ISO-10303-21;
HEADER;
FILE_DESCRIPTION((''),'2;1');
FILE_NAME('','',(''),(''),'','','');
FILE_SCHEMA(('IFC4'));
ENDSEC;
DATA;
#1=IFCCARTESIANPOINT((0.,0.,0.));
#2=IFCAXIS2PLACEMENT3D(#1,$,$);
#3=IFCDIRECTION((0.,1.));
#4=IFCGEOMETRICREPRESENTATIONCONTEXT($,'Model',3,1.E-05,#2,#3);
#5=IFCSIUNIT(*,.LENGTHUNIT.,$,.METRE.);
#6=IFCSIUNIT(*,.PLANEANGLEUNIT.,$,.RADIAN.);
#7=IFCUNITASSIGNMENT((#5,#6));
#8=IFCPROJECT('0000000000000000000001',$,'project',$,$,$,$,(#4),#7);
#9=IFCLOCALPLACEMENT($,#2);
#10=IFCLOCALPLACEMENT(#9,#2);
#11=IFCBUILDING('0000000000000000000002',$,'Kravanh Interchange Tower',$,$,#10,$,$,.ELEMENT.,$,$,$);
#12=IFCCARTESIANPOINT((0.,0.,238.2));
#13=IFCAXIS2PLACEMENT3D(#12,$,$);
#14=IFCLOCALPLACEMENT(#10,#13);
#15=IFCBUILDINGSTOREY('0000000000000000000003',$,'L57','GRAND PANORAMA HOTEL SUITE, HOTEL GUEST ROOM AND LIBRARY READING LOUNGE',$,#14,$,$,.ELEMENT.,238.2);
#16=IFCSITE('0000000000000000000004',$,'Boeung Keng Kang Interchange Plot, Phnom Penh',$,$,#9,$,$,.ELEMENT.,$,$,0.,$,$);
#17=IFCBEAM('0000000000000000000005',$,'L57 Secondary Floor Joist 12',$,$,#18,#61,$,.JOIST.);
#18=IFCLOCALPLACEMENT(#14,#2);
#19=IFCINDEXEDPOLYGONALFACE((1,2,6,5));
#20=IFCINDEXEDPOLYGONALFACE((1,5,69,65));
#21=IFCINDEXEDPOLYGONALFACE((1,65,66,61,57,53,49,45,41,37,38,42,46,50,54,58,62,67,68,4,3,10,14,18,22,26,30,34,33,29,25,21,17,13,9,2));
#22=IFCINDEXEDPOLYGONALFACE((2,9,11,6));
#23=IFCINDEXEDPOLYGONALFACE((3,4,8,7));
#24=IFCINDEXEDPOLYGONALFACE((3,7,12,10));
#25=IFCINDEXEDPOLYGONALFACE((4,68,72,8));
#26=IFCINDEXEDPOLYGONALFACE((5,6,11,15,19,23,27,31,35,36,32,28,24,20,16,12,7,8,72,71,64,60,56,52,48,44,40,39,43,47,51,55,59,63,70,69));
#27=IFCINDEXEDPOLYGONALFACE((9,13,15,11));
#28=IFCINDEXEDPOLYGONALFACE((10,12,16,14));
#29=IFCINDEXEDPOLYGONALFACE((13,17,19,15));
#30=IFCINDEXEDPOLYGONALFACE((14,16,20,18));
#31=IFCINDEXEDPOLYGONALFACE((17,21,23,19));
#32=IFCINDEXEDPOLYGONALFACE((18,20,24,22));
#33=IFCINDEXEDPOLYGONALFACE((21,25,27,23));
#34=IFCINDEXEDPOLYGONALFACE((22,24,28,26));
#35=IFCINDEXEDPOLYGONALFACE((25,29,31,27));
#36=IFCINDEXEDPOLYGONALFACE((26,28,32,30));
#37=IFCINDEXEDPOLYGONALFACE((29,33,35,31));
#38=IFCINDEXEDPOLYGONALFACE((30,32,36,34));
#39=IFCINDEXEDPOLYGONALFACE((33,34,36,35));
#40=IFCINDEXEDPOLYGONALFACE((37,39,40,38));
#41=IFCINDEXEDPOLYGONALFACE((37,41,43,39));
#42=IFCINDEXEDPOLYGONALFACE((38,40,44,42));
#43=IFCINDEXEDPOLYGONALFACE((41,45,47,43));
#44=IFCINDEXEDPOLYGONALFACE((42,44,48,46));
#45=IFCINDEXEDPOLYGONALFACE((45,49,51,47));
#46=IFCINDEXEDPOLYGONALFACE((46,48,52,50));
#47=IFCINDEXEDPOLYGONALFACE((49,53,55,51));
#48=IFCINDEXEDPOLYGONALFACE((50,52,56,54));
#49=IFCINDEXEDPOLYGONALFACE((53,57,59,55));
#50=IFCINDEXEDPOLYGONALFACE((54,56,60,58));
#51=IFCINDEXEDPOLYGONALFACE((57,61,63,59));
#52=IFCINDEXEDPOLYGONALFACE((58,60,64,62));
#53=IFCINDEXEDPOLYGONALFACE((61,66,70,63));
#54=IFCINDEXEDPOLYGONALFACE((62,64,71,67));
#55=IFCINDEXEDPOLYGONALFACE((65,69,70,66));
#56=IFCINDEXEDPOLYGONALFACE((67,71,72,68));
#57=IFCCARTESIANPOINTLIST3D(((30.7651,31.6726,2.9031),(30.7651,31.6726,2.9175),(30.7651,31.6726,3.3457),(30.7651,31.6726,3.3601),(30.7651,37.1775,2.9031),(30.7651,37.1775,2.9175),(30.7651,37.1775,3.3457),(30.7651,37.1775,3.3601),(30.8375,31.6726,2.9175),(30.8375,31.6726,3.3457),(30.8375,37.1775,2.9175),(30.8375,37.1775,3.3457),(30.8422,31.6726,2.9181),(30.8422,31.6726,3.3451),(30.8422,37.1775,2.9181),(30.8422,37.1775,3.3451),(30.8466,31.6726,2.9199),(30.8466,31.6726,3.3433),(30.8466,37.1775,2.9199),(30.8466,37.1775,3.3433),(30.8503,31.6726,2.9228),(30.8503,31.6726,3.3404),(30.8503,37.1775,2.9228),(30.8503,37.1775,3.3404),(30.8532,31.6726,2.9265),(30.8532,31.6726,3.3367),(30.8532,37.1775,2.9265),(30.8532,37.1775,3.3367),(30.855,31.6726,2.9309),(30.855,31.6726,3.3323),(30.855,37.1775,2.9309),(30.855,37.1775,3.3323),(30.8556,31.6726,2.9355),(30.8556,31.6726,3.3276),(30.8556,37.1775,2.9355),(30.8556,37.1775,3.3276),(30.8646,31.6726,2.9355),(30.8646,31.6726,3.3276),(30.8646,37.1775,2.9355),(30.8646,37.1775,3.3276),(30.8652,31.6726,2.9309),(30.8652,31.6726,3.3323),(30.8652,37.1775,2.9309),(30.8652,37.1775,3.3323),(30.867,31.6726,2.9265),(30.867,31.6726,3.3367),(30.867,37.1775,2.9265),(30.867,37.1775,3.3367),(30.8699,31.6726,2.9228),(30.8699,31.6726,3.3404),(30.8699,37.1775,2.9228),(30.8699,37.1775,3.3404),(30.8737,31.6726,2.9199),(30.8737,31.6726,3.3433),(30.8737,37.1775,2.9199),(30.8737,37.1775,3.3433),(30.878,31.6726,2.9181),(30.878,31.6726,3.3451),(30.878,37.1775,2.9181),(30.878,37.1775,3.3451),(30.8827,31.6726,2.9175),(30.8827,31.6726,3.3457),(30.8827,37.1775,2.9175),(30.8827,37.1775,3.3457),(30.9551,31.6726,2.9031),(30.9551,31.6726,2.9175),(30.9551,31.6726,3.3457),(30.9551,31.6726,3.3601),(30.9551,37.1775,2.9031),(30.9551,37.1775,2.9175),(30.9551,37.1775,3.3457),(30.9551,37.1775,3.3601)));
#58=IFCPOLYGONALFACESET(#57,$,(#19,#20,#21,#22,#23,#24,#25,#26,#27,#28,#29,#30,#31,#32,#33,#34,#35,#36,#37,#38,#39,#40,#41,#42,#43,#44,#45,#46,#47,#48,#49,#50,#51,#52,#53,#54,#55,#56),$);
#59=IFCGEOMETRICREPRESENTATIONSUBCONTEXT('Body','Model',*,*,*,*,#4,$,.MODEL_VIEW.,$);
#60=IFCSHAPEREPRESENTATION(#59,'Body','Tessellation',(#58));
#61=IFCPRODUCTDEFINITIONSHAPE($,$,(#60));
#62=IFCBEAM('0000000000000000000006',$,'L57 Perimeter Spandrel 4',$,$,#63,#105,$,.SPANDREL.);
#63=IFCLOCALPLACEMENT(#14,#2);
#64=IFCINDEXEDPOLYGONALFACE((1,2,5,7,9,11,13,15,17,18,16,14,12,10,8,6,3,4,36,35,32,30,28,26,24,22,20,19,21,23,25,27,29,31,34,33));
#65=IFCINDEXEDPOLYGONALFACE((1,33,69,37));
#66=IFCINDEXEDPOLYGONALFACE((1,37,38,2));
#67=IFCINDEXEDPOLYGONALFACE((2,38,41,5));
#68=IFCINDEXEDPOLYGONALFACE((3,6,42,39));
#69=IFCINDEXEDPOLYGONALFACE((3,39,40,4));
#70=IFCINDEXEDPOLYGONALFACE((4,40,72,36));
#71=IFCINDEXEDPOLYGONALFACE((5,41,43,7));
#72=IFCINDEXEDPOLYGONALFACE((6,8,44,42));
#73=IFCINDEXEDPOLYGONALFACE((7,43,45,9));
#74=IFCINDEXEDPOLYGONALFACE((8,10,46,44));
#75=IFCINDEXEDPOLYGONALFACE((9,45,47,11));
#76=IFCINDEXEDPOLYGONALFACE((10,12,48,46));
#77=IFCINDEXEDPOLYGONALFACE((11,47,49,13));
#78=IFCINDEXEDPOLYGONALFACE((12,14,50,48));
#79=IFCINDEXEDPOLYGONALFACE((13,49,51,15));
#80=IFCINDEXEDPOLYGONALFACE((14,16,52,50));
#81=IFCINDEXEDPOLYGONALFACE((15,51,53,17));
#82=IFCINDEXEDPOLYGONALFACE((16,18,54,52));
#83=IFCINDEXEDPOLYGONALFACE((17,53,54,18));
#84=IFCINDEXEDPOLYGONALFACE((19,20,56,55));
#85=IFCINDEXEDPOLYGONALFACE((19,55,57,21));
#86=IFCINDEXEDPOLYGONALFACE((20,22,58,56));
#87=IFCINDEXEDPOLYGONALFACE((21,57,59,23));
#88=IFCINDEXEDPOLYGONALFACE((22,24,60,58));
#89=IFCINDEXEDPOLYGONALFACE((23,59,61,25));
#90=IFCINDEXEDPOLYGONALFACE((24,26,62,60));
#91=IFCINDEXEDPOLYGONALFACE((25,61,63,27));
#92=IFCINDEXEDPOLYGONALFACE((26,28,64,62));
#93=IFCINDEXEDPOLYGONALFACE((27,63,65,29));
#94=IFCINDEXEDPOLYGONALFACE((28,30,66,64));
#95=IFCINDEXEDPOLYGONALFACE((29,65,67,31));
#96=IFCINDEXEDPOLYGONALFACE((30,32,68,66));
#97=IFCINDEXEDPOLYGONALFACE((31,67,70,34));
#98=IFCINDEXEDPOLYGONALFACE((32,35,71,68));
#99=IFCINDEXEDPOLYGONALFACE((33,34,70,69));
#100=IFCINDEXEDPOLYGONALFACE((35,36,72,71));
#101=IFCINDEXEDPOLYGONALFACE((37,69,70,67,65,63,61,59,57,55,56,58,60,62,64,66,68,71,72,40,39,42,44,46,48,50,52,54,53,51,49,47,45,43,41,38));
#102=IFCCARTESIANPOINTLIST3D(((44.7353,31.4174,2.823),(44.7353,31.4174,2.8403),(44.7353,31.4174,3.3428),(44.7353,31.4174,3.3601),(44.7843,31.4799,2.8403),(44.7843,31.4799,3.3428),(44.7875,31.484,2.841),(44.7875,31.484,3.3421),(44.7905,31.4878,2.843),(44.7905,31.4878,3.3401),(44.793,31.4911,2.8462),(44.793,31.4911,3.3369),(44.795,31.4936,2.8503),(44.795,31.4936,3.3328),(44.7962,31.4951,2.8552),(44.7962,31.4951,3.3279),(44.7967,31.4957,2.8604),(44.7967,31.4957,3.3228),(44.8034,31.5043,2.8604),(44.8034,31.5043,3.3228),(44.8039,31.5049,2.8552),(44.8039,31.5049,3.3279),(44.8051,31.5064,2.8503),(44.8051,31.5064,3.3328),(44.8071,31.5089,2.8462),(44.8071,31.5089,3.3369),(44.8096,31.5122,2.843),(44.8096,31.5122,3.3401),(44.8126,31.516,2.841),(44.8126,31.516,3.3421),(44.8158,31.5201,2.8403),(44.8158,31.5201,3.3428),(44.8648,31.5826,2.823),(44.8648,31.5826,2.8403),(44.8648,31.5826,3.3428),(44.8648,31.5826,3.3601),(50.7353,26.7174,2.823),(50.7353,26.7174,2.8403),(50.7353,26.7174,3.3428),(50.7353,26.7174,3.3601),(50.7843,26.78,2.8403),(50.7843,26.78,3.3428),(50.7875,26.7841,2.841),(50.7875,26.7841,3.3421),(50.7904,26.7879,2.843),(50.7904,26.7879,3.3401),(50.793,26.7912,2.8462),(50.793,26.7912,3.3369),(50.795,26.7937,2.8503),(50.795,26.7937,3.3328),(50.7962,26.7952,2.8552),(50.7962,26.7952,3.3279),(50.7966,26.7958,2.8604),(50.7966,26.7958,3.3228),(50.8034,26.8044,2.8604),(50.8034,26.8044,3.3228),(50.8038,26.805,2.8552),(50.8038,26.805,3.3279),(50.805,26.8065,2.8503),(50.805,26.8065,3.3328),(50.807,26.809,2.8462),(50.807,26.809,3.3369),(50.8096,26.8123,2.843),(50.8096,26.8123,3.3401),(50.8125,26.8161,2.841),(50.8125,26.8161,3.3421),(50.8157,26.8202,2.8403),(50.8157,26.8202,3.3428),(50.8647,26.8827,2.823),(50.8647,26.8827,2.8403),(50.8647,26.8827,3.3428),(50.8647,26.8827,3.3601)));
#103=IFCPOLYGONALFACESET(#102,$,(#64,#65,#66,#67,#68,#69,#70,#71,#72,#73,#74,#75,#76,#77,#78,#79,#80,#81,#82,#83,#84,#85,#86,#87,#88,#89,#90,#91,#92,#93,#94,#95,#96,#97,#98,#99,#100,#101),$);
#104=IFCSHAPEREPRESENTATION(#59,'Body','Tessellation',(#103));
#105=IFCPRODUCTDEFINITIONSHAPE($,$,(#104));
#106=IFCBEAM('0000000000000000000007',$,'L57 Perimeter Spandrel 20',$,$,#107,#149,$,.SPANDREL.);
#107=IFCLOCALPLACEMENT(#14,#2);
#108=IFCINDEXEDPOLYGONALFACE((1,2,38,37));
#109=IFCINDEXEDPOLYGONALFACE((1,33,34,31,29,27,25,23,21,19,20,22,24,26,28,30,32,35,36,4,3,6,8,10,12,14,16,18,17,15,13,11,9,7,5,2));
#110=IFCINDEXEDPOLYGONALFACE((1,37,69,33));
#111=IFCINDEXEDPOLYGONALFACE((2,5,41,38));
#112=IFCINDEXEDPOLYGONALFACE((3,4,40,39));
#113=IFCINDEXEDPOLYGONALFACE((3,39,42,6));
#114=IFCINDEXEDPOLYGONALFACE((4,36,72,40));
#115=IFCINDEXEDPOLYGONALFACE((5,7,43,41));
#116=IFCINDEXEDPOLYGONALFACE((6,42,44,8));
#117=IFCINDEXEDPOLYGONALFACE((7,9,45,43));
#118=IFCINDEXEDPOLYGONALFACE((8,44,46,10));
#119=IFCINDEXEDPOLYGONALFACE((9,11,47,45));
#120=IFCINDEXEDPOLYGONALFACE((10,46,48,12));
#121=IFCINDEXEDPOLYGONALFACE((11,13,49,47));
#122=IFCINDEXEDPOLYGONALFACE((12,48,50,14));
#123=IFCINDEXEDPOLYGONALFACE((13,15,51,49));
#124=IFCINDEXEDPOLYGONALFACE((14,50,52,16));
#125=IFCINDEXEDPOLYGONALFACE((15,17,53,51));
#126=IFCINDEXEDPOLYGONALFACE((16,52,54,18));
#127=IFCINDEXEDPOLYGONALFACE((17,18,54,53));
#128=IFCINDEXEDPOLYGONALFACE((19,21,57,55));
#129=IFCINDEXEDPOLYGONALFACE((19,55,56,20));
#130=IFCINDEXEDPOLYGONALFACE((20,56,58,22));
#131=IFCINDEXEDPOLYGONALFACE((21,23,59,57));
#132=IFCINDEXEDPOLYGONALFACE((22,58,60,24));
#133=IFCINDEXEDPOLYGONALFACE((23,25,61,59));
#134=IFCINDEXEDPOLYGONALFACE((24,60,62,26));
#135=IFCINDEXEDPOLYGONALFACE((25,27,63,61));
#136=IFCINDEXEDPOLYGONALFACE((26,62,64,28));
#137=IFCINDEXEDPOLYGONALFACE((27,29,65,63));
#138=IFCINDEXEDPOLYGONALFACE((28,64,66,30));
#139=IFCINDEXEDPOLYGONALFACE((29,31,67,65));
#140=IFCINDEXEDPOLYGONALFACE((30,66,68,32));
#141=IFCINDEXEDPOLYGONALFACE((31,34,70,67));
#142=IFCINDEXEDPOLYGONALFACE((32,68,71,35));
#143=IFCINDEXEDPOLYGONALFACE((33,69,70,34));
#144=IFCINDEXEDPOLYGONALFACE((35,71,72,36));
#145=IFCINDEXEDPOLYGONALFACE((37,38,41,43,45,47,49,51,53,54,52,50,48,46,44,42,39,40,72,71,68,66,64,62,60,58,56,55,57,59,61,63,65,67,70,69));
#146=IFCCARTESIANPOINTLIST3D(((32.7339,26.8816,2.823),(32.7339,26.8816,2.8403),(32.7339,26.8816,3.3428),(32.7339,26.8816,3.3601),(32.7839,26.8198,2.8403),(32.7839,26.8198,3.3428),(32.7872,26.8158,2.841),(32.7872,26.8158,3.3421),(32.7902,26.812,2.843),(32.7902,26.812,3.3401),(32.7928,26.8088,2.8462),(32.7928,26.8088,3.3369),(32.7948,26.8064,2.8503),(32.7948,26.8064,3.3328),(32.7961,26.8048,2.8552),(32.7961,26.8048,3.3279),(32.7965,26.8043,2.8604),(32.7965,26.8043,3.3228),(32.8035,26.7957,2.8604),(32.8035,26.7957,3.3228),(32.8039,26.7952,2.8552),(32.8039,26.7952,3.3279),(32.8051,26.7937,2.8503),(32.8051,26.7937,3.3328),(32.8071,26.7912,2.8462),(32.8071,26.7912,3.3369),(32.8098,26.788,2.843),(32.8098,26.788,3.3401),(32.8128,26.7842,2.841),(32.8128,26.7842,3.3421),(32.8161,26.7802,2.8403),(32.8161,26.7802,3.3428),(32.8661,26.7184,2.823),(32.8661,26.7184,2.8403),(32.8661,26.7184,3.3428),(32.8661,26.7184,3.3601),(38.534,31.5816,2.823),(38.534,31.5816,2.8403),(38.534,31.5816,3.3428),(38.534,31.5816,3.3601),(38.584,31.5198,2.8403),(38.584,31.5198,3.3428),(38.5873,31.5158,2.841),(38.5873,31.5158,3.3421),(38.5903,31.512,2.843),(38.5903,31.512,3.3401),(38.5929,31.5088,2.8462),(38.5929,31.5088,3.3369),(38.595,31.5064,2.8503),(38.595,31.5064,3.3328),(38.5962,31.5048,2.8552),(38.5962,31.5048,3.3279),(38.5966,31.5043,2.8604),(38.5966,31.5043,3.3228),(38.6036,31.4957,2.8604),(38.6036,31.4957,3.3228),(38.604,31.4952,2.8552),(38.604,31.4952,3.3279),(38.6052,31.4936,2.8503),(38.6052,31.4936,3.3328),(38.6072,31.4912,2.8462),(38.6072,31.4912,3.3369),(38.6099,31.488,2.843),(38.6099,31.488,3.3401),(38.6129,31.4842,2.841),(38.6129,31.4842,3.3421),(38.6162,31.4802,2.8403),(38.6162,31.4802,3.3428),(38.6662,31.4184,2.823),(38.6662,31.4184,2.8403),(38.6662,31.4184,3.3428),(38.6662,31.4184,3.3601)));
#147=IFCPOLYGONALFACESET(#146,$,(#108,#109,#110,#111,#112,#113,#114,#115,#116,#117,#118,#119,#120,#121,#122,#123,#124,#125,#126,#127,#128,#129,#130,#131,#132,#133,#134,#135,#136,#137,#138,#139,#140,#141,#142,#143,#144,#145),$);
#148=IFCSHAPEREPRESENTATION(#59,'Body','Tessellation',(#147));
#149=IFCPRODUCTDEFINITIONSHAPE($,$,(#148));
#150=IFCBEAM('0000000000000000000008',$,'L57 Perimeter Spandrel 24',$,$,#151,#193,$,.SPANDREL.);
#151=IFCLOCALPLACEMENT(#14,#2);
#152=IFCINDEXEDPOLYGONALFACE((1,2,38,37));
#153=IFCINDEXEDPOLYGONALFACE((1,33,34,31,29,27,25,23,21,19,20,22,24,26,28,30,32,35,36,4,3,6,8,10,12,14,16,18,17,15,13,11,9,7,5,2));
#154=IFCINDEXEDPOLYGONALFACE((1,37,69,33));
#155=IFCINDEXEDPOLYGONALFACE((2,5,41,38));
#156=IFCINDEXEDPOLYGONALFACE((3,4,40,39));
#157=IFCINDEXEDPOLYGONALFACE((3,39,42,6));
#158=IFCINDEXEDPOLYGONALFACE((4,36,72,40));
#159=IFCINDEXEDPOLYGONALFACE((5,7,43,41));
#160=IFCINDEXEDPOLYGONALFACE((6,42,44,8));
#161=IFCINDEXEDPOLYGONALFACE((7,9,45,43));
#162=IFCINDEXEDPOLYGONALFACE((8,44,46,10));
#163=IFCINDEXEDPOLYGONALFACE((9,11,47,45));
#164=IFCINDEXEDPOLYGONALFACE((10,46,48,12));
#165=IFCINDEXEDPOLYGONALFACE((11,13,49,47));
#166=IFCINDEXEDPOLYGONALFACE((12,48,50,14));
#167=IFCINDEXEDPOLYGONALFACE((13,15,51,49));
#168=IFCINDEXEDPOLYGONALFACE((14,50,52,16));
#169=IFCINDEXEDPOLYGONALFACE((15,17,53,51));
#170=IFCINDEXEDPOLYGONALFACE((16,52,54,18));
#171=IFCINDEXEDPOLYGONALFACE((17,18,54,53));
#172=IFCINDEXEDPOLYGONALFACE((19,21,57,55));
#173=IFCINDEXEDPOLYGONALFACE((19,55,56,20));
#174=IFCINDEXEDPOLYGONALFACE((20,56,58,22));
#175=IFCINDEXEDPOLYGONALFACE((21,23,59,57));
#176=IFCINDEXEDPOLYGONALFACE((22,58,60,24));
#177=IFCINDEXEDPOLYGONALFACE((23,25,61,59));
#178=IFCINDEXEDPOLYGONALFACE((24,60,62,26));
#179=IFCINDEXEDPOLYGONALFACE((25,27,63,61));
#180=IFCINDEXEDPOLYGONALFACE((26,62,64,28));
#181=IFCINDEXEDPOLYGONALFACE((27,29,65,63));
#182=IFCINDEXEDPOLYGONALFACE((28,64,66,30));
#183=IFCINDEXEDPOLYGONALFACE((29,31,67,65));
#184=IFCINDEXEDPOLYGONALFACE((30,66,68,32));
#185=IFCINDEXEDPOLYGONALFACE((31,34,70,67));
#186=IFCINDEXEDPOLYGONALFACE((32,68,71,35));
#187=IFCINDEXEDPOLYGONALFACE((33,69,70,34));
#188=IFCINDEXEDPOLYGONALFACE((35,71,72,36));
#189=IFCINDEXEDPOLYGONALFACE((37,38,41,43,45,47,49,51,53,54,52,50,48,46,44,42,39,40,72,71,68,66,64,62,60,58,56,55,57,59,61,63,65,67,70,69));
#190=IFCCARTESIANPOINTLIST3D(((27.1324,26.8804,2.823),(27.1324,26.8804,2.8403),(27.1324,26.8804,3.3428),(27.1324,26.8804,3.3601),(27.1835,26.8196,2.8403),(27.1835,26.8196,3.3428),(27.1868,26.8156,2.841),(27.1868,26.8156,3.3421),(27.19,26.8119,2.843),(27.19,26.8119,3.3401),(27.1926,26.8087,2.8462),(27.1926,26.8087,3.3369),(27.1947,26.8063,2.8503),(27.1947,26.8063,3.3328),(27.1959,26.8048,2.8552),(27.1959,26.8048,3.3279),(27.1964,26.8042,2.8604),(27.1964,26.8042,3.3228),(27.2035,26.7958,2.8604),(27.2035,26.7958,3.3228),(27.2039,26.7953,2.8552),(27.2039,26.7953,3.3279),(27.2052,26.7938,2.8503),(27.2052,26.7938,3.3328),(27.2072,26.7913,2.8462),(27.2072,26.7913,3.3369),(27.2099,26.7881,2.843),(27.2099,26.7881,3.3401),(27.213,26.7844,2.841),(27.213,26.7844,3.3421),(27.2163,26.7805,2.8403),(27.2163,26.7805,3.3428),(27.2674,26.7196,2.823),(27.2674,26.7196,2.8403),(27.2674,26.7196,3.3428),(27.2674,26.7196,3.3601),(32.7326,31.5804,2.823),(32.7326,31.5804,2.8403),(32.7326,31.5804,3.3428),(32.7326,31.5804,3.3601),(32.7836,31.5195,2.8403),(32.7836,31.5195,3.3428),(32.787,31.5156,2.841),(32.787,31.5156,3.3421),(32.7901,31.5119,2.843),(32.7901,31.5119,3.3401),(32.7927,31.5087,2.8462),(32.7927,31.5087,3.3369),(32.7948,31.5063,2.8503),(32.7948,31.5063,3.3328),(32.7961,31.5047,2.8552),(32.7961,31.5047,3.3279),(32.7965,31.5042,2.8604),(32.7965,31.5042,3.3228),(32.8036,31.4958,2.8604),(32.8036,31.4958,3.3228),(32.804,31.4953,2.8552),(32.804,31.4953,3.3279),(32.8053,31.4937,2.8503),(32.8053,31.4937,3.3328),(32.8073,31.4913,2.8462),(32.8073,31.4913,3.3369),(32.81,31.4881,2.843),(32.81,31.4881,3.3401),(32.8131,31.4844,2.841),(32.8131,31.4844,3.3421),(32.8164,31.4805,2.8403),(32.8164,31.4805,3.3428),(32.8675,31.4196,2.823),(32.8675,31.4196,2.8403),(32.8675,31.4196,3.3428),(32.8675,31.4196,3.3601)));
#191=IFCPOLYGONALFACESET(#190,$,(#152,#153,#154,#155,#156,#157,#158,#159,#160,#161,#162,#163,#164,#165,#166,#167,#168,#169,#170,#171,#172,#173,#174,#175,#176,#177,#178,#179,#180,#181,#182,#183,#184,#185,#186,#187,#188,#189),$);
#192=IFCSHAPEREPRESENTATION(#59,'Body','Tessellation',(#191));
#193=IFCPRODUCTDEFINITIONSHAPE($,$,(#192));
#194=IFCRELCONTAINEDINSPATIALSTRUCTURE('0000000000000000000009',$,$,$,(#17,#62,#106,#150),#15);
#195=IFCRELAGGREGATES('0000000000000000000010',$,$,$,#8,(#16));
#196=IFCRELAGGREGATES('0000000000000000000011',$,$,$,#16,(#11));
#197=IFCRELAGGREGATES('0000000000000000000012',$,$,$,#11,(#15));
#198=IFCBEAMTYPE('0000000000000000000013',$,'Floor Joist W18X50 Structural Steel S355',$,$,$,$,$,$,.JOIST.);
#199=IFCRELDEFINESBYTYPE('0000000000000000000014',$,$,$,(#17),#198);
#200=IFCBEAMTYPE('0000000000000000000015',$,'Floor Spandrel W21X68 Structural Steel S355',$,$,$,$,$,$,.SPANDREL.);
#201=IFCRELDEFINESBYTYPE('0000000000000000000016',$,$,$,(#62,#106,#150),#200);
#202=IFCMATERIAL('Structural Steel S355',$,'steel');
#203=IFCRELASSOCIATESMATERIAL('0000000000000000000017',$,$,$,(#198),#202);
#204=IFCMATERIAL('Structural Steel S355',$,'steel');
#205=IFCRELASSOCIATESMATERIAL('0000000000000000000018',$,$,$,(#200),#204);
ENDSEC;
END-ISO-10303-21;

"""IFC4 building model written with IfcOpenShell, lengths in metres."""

from ifc_helpers import new_model, si_unit, direction, frame, origin, origin_2d, place, context, subcontext, project, spatial, i_section, extrude, material, material_profile, profile_set, type_object, element, save


model = new_model("IFC4")

# Units and contexts
model_context = context("Model", 3, precision=1e-05, world=origin(), true_north=direction((0.0, 1.0)))
body_context = subcontext(model_context, "Body", "Model", "MODEL_VIEW")
ifc_project = project(units=[si_unit("LENGTHUNIT", "METRE"), si_unit("PLANEANGLEUNIT", "RADIAN")], contexts=[model_context])

# Site, building, storey
site_placement = place(None, origin())
site = spatial("IfcSite", under=ifc_project, at=site_placement, Name="Boeung Keng Kang Interchange Plot, Phnom Penh", CompositionType="ELEMENT", RefElevation=0.0)
building_placement = place(site_placement, origin())
building = spatial("IfcBuilding", under=site, at=building_placement, Name="Kravanh Interchange Tower", CompositionType="ELEMENT")
storey_placement = place(building_placement, frame((0.0, 0.0, 238.2)))
storey = spatial("IfcBuildingStorey", under=building, at=storey_placement, Name="L57", Description="GRAND PANORAMA HOTEL SUITE, HOTEL GUEST ROOM AND LIBRARY READING LOUNGE", CompositionType="ELEMENT", Elevation=238.2)

# Beams
ifc_material_1 = material(Name="Structural Steel S355", Category="steel")
ifc_material_profile_1 = material_profile(ifc_material_1, i_section(OverallWidth=0.1899, OverallDepth=0.457, WebThickness=0.009, FlangeThickness=0.0144, FilletRadius=0.0181, at=origin_2d()), Name="W18X50")
ifc_profile_set_1 = profile_set([ifc_material_profile_1], Name="Structural Steel S355")
beam_type_1 = type_object("IfcBeamType", Name="Floor Joist W18X50 Structural Steel S355", PredefinedType="JOIST", material=ifc_profile_set_1)
beam_1_placement = place(storey_placement, frame((30.8601, 31.6726, 3.1316), z_axis=(0.0, 1.0, 0.0), x_axis=(-1.0, 0.0, 0.0)))
element("IfcBeam", 1, at=beam_1_placement, inside=storey, type_object=beam_type_1, Name="L57 Secondary Floor Joist 12", PredefinedType="JOIST", context=body_context, shape_type="SweptSolid", body=[
    extrude(i_section(OverallWidth=0.1899, OverallDepth=0.457, WebThickness=0.009, FlangeThickness=0.0144, FilletRadius=0.0181, at=origin_2d()), origin(), (0.0, 0.0, 1.0), 5.5049),
])
ifc_material_2 = material(Name="Structural Steel S355", Category="steel")
ifc_material_profile_2 = material_profile(ifc_material_2, i_section(OverallWidth=0.21, OverallDepth=0.5371, WebThickness=0.011, FlangeThickness=0.0173, FilletRadius=0.02, at=origin_2d()), Name="W21X68")
ifc_profile_set_2 = profile_set([ifc_material_profile_2], Name="Structural Steel S355")
beam_type_2 = type_object("IfcBeamType", Name="Floor Spandrel W21X68 Structural Steel S355", PredefinedType="SPANDREL", material=ifc_profile_set_2)
beam_2_placement = place(storey_placement, frame((44.8, 31.5, 3.0916), z_axis=(0.787231, -0.616658, 0.0), x_axis=(0.616658, 0.787231, 0.0)))
element("IfcBeam", 2, at=beam_2_placement, inside=storey, type_object=beam_type_2, Name="L57 Perimeter Spandrel 4", PredefinedType="SPANDREL", context=body_context, shape_type="SweptSolid", body=[
    extrude(i_section(OverallWidth=0.21, OverallDepth=0.5371, WebThickness=0.011, FlangeThickness=0.0173, FilletRadius=0.02, at=origin_2d()), origin(), (0.0, 0.0, 1.0), 7.6216),
])
beam_3_placement = place(storey_placement, frame((38.6001, 31.5, 3.0916), z_axis=(-0.776939, -0.629576, 0.0), x_axis=(0.629576, -0.776939, 0.0)))
element("IfcBeam", 3, at=beam_3_placement, inside=storey, type_object=beam_type_2, Name="L57 Perimeter Spandrel 20", PredefinedType="SPANDREL", context=body_context, shape_type="SweptSolid", body=[
    extrude(i_section(OverallWidth=0.21, OverallDepth=0.5371, WebThickness=0.011, FlangeThickness=0.0173, FilletRadius=0.02, at=origin_2d()), origin(), (0.0, 0.0, 1.0), 7.4653),
])
beam_4_placement = place(storey_placement, frame((32.8, 31.5, 3.0916), z_axis=(-0.765983, -0.642861, 0.0), x_axis=(0.642861, -0.765983, 0.0)))
element("IfcBeam", 4, at=beam_4_placement, inside=storey, type_object=beam_type_2, Name="L57 Perimeter Spandrel 24", PredefinedType="SPANDREL", context=body_context, shape_type="SweptSolid", body=[
    extrude(i_section(OverallWidth=0.21, OverallDepth=0.5371, WebThickness=0.011, FlangeThickness=0.0173, FilletRadius=0.02, at=origin_2d()), origin(), (0.0, 0.0, 1.0), 7.311),
])

save(model, "model.ifc")
